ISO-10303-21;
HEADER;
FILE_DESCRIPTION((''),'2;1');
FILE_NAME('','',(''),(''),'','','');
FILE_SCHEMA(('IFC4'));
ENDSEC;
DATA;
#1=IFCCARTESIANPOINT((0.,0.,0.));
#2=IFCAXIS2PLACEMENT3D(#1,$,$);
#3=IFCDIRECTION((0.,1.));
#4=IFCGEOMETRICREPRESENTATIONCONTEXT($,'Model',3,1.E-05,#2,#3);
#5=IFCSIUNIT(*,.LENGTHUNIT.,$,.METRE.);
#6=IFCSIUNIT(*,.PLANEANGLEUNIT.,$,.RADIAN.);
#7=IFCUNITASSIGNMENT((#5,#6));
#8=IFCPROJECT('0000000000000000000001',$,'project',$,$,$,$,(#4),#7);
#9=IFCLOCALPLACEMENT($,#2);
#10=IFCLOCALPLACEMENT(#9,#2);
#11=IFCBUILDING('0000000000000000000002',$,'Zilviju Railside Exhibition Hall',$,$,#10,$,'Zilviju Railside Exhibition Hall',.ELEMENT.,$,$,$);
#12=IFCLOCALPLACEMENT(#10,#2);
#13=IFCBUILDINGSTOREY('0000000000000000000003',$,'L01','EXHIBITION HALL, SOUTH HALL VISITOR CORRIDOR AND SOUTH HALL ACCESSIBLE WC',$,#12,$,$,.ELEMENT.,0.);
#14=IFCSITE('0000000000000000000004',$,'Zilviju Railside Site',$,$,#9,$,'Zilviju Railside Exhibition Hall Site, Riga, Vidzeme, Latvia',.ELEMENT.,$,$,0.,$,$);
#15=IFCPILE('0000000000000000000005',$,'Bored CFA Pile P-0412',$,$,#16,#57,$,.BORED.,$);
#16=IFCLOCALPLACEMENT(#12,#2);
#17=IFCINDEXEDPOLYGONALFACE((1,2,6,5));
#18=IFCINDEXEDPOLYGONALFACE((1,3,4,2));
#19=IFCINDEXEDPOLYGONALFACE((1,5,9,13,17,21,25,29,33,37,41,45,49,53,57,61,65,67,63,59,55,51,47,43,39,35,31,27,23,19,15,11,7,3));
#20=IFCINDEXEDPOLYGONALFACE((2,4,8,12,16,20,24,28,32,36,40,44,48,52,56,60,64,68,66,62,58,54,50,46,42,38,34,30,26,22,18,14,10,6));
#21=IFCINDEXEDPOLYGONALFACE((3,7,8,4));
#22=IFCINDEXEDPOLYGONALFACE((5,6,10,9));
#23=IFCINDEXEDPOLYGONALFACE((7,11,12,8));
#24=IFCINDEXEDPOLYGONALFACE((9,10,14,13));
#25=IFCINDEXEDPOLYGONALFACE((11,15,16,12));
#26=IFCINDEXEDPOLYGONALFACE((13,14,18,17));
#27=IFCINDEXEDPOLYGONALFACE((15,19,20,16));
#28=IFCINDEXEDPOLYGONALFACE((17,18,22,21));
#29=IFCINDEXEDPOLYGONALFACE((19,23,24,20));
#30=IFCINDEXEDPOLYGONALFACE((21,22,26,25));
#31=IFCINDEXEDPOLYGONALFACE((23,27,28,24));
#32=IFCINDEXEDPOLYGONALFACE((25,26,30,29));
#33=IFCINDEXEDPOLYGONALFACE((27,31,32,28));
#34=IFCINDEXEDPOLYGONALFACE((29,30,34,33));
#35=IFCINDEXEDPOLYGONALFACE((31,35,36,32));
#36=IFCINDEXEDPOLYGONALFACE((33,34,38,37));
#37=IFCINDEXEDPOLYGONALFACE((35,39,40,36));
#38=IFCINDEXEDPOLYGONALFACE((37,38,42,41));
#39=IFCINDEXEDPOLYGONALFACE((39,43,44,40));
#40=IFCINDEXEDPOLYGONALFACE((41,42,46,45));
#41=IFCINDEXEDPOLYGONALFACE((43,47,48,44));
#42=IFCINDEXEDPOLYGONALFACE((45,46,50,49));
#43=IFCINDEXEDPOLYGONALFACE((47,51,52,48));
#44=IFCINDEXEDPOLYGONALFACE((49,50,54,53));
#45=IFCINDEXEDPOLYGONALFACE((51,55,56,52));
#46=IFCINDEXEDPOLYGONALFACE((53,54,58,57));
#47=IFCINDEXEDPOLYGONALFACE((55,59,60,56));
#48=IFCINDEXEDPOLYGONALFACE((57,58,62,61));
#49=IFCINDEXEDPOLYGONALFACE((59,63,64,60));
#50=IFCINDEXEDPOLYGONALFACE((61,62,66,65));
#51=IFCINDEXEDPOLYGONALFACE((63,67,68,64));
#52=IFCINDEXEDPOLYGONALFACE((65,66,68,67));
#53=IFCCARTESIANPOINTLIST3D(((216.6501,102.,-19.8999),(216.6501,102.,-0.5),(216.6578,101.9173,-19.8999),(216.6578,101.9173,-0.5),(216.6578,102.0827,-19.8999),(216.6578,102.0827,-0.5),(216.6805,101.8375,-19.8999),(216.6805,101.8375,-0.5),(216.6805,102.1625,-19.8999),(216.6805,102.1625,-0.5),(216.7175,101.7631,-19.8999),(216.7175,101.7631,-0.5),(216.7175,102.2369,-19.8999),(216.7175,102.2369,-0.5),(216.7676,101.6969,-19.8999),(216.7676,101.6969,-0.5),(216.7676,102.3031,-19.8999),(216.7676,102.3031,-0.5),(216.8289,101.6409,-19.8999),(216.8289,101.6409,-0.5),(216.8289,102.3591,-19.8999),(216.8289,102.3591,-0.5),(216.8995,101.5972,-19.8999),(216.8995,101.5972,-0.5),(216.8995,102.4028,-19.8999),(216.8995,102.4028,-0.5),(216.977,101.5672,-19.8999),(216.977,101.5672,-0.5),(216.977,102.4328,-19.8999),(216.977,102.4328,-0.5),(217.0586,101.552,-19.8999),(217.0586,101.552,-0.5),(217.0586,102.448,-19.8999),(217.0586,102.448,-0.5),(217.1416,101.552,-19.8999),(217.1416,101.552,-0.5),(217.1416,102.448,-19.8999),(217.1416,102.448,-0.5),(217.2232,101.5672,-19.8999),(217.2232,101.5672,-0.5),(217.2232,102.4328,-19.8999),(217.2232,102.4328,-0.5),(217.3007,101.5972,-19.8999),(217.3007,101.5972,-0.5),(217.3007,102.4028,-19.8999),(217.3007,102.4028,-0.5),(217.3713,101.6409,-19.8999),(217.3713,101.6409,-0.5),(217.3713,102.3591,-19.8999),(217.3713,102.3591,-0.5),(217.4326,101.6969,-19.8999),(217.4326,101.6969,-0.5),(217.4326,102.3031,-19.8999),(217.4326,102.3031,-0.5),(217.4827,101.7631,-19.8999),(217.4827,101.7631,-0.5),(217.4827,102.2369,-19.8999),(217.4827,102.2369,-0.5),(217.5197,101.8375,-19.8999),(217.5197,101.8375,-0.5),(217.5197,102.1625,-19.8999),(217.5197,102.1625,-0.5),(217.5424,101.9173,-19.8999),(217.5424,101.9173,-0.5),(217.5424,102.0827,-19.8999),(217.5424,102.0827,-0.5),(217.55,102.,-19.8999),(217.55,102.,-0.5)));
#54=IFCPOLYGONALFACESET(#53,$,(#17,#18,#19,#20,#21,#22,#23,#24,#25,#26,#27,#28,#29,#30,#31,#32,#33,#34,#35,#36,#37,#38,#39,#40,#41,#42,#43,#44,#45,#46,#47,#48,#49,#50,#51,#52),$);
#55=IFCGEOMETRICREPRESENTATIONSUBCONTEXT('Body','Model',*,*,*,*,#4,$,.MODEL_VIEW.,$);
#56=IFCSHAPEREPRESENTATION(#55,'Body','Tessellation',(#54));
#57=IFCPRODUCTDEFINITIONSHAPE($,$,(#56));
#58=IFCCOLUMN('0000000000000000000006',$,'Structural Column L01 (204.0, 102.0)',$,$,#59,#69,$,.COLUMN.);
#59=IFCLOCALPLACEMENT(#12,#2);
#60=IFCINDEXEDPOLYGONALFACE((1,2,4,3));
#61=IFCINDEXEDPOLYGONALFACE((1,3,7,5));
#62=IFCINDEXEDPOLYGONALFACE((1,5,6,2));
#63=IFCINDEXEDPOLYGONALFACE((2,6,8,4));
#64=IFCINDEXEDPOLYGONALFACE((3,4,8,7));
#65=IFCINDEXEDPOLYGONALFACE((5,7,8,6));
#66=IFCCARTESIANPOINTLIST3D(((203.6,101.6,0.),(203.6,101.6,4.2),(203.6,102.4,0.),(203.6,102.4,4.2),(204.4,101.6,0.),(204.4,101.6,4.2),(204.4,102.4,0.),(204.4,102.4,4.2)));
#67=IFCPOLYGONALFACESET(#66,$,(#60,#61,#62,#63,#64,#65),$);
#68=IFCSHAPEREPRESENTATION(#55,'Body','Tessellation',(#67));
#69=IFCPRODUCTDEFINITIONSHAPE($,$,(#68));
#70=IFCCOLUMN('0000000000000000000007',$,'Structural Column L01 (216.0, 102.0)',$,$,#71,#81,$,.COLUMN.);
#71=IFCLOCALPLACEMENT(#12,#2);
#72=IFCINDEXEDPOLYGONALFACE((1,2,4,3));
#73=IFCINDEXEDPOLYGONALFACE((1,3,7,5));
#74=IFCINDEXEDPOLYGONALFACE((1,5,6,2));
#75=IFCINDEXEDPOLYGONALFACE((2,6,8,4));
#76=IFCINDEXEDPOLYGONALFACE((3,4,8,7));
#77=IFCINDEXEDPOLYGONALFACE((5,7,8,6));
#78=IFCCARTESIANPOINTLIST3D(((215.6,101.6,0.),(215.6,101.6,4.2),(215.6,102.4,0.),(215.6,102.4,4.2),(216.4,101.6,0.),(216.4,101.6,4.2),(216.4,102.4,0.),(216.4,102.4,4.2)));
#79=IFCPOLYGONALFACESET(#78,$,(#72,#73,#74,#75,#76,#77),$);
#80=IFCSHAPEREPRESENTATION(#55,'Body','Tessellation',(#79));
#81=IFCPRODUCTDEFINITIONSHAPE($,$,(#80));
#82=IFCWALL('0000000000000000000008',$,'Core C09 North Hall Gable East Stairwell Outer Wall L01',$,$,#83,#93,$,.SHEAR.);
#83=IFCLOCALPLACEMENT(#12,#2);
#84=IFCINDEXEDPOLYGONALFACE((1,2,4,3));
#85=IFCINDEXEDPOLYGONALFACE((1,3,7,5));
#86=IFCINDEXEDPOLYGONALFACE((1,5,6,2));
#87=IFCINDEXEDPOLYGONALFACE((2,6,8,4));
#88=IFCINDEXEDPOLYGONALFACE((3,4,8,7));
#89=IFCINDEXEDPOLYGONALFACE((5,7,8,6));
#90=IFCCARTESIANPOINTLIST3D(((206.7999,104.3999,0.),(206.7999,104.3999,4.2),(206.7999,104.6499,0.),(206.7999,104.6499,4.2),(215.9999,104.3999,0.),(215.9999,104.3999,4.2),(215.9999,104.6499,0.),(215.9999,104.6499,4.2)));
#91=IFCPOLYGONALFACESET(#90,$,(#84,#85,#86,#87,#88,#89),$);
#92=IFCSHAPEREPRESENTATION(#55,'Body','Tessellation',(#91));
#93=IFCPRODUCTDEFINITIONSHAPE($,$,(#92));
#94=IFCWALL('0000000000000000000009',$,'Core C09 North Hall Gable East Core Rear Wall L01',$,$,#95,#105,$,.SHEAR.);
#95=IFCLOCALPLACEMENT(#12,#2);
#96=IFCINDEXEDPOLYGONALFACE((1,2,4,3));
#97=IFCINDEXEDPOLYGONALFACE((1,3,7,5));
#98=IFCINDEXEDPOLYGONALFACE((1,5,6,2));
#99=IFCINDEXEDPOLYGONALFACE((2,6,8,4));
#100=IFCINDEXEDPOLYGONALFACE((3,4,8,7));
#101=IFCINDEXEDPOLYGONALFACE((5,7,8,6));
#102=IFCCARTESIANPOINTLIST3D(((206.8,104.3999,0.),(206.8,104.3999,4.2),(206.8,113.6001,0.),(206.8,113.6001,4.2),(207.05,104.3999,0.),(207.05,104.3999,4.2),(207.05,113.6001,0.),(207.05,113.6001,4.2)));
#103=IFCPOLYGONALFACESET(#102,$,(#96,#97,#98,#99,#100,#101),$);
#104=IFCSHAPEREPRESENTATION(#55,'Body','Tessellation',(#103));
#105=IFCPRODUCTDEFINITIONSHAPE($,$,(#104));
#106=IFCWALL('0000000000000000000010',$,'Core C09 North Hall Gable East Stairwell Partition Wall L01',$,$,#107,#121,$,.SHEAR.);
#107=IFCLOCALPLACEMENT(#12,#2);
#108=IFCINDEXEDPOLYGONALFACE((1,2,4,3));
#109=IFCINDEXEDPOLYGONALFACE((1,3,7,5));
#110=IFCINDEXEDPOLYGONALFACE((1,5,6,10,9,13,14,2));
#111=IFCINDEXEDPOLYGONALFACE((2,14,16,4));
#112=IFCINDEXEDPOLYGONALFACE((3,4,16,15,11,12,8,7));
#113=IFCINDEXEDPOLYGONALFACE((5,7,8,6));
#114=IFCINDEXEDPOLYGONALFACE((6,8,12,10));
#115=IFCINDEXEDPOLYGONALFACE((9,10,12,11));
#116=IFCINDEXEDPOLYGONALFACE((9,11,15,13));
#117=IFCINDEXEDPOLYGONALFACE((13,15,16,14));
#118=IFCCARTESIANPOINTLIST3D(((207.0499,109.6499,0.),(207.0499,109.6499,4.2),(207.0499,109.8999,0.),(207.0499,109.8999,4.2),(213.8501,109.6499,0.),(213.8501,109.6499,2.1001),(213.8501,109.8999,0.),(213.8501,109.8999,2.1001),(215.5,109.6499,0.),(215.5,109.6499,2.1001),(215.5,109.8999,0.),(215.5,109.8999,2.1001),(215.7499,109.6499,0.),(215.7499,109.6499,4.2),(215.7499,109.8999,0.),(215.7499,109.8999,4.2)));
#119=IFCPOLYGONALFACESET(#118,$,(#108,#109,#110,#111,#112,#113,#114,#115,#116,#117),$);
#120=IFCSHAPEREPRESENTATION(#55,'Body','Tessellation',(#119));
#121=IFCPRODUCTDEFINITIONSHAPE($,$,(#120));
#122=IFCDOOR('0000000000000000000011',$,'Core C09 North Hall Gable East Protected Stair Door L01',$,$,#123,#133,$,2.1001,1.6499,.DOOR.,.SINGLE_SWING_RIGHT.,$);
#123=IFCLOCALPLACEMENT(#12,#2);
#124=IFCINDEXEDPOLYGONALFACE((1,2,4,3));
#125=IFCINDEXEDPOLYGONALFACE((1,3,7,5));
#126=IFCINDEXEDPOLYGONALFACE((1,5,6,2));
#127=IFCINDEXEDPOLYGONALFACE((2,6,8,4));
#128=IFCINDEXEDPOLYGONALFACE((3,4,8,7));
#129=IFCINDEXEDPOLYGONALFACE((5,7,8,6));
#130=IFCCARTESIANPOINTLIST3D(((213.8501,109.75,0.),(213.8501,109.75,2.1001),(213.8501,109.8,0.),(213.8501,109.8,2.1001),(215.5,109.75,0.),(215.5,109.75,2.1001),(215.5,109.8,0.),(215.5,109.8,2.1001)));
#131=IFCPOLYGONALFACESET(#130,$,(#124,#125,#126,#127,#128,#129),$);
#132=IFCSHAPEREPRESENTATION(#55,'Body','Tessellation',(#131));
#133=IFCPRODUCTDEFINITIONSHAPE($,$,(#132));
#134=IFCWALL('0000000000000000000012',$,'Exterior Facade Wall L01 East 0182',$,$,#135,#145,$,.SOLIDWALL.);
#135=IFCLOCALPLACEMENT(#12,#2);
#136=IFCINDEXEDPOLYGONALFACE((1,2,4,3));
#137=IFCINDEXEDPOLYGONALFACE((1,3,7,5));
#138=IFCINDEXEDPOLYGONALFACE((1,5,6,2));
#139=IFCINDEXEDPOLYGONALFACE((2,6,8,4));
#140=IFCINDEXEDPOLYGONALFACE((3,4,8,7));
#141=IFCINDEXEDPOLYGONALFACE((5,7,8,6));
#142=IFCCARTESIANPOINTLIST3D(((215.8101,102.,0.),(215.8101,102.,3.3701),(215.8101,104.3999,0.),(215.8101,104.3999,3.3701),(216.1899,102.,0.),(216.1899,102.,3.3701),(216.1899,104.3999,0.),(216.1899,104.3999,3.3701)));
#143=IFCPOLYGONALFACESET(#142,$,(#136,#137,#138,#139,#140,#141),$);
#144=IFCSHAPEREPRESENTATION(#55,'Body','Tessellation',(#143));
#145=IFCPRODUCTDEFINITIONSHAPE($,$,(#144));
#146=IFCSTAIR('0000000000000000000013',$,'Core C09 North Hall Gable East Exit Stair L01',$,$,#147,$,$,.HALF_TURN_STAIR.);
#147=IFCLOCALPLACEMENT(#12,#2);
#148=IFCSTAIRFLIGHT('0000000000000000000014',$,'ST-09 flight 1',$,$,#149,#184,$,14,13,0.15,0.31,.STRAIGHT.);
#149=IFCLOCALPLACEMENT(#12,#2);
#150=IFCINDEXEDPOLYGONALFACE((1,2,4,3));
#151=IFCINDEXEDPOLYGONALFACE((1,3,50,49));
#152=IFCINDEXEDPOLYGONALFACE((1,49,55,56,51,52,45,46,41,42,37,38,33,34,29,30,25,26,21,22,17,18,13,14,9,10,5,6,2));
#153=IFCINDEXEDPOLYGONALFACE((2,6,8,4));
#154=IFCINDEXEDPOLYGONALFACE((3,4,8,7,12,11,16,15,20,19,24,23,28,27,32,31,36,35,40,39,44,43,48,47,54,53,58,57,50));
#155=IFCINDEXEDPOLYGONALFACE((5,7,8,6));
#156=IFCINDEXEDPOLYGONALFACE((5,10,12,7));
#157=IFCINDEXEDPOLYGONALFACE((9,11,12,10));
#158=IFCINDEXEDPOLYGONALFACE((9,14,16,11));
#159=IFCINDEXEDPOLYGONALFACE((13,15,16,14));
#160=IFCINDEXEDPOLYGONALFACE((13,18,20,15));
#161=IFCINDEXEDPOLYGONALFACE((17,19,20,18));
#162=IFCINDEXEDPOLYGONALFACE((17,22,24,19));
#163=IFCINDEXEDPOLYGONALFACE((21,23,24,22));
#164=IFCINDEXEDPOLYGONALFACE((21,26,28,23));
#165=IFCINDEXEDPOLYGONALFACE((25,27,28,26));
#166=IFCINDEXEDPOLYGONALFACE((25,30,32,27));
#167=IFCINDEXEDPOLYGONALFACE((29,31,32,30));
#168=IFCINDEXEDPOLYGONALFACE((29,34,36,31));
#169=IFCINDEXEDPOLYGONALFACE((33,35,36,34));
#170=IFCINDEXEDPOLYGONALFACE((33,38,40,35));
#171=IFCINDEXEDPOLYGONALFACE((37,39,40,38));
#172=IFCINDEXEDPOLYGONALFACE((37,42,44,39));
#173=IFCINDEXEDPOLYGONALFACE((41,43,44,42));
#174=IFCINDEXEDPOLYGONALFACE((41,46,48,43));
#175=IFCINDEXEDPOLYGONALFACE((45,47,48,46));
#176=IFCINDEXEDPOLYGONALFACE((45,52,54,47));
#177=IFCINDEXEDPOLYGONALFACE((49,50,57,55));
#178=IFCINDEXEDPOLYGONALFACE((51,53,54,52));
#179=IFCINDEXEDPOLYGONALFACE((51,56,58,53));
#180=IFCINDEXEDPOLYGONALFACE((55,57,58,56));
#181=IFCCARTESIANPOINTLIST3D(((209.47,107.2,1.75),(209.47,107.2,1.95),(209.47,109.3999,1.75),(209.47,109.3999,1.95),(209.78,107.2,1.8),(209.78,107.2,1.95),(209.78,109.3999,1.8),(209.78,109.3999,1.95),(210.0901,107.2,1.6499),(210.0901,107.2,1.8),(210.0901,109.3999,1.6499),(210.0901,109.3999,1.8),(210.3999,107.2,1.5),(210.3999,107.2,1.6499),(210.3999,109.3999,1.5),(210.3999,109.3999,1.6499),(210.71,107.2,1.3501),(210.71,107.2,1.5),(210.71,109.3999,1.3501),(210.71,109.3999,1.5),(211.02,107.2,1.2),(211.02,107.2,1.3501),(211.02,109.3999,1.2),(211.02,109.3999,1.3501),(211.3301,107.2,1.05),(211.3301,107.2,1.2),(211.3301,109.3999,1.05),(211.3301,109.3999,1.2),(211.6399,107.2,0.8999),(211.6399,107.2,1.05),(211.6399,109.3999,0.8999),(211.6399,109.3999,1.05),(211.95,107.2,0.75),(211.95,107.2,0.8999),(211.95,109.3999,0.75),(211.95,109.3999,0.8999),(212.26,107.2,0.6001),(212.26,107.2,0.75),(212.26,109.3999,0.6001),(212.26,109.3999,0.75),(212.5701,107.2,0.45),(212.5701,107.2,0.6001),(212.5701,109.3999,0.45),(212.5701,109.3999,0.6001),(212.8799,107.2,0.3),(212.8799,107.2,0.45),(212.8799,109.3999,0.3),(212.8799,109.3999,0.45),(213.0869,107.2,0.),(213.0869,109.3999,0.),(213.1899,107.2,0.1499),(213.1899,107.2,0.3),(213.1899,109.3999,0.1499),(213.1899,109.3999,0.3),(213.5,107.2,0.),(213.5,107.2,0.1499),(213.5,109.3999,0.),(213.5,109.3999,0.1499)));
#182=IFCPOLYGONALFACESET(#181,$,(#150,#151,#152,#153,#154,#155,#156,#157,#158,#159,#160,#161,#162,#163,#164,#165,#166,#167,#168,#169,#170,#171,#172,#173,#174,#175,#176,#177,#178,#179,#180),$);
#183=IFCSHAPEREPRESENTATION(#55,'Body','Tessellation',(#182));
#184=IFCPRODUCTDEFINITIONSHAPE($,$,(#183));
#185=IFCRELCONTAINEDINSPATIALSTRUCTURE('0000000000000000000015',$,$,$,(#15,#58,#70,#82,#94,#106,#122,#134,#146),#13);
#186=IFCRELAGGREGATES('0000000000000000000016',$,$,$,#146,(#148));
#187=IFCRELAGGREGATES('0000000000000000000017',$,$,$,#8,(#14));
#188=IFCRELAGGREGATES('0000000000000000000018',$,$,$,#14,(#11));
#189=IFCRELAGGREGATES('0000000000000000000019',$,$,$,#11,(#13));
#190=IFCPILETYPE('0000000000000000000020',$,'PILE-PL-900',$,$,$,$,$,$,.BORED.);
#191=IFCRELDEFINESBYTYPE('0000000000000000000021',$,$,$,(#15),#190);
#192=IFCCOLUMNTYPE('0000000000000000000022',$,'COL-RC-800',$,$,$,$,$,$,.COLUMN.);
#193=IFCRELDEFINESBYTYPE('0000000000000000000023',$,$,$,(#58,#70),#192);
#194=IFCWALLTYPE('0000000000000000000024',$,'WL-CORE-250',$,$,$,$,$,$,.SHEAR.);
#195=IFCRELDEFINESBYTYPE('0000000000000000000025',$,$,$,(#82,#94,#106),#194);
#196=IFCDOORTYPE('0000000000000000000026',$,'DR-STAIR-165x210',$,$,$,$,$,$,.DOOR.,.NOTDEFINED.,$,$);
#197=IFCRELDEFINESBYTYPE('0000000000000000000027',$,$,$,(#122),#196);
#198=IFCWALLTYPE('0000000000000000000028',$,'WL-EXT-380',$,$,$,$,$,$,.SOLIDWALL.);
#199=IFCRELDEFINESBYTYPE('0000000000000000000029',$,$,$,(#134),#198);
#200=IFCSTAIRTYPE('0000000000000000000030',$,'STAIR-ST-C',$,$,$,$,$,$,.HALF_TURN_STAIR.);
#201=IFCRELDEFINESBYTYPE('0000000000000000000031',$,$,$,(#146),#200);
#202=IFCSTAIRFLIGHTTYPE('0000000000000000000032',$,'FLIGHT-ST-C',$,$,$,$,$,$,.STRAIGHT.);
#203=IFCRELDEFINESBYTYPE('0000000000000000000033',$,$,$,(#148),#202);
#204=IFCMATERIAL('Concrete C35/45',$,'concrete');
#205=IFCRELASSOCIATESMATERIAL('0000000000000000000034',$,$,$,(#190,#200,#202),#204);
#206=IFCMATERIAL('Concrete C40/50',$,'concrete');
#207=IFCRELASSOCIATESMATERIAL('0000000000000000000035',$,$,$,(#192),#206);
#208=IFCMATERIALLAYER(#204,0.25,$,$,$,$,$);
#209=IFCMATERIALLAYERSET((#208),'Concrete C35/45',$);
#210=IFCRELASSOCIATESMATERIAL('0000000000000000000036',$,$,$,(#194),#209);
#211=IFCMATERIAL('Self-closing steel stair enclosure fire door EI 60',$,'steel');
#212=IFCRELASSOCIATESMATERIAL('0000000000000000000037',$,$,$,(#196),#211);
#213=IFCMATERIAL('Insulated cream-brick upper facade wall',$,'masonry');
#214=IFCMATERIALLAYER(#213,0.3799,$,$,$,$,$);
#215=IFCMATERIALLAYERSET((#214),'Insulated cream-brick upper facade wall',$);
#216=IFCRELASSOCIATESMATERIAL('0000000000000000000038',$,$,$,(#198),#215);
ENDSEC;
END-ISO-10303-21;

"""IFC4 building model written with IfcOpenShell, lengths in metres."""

from ifc_helpers import new_model, si_unit, direction, frame, frame_2d, origin, origin_2d, place, context, subcontext, project, spatial, polyline, rectangle, circle, outline, extrude, material, layer, layer_set, material_profile, profile_set, type_object, element, fill, aggregate, save


model = new_model("IFC4")

# Units and contexts
model_context = context("Model", 3, precision=1e-05, world=origin(), true_north=direction((0.0, 1.0)))
body_context = subcontext(model_context, "Body", "Model", "MODEL_VIEW")
ifc_project = project(units=[si_unit("LENGTHUNIT", "METRE"), si_unit("PLANEANGLEUNIT", "RADIAN")], contexts=[model_context])

# Site, building, storey
site_placement = place(None, origin())
site = spatial("IfcSite", under=ifc_project, at=site_placement, Name="Zilviju Railside Site", LongName="Zilviju Railside Exhibition Hall Site, Riga, Vidzeme, Latvia", CompositionType="ELEMENT", RefElevation=0.0)
building_placement = place(site_placement, origin())
building = spatial("IfcBuilding", under=site, at=building_placement, Name="Zilviju Railside Exhibition Hall", LongName="Zilviju Railside Exhibition Hall", CompositionType="ELEMENT")
storey_placement = place(building_placement, origin())
storey = spatial("IfcBuildingStorey", under=building, at=storey_placement, Name="L01", Description="EXHIBITION HALL, SOUTH HALL VISITOR CORRIDOR AND SOUTH HALL ACCESSIBLE WC", CompositionType="ELEMENT", Elevation=0.0)

# Shared definitions
ifc_material_1 = material(Name="Concrete C35/45", Category="concrete")

# Pile
ifc_material_profile_1 = material_profile(ifc_material_1, circle(Radius=0.45, at=origin_2d()), Name="CFA PILE D900")
ifc_profile_set_1 = profile_set([ifc_material_profile_1], Name="Concrete C35/45")
pile_type = type_object("IfcPileType", Name="PILE-PL-900", PredefinedType="BORED", material=ifc_profile_set_1)
for number, where, z_axis, x_axis, name in (
    (1, (217.1001, 102.0, -0.5), (0.0, 0.0, -1.0), (1.0, 0.0, 0.0), "Bored CFA Pile P-0412"),
):
    element("IfcPile", number, at=place(storey_placement, frame(where, z_axis=z_axis, x_axis=x_axis)), inside=storey, type_object=pile_type, Name=name, PredefinedType="BORED", context=body_context, shape_type="SweptSolid", body=[
        extrude(circle(Radius=0.45, at=origin_2d()), origin(), (0.0, 0.0, 1.0), 19.3999),
    ])

# Columns
ifc_material_2 = material(Name="Concrete C40/50", Category="concrete")
ifc_material_profile_2 = material_profile(ifc_material_2, rectangle(XDim=0.8, YDim=0.8, at=origin_2d()), Name="RC COL 800x800")
ifc_profile_set_2 = profile_set([ifc_material_profile_2], Name="Concrete C40/50")
column_type = type_object("IfcColumnType", Name="COL-RC-800", PredefinedType="COLUMN", material=ifc_profile_set_2)
for number, where, z_axis, x_axis, name in (
    (2, (204.0, 102.0, 0.0), (0.0, 0.0, 1.0), (1.0, 0.0, 0.0), "Structural Column L01 (204.0, 102.0)"),
    (3, (216.0, 102.0, 0.0), (0.0, 0.0, 1.0), (1.0, 0.0, 0.0), "Structural Column L01 (216.0, 102.0)"),
):
    element("IfcColumn", number, at=place(storey_placement, frame(where, z_axis=z_axis, x_axis=x_axis)), inside=storey, type_object=column_type, Name=name, PredefinedType="COLUMN", context=body_context, shape_type="SweptSolid", body=[
        extrude(rectangle(XDim=0.8, YDim=0.8, at=origin_2d()), origin(), (0.0, 0.0, 1.0), 4.2),
    ])

# Walls
ifc_layer_1 = layer(ifc_material_1, 0.25)
ifc_layer_set_1 = layer_set([ifc_layer_1], Name="Concrete C35/45")
wall_type_1 = type_object("IfcWallType", Name="WL-CORE-250", PredefinedType="SHEAR", material=ifc_layer_set_1)
wall_1_placement = place(storey_placement, frame((216.0, 104.5249, 0.0), z_axis=(0.0, 0.0, 1.0), x_axis=(-1.0, 0.0, 0.0)))
element("IfcWall", 4, at=wall_1_placement, inside=storey, type_object=wall_type_1, Name="Core C09 North Hall Gable East Stairwell Outer Wall L01", PredefinedType="SHEAR", context=body_context, shape_type="SweptSolid", body=[
    extrude(rectangle(XDim=9.2, YDim=0.25, at=frame_2d((4.6001, 0.0))), origin(), (0.0, 0.0, 1.0), 4.2),
])
wall_2_placement = place(storey_placement, frame((206.925, 104.3999, 0.0), z_axis=(0.0, 0.0, 1.0), x_axis=(0.0, 1.0, 0.0)))
element("IfcWall", 5, at=wall_2_placement, inside=storey, type_object=wall_type_1, Name="Core C09 North Hall Gable East Core Rear Wall L01", PredefinedType="SHEAR", context=body_context, shape_type="SweptSolid", body=[
    extrude(rectangle(XDim=9.2002, YDim=0.25, at=frame_2d((4.6001, 0.0))), origin(), (0.0, 0.0, 1.0), 4.2),
])

# Wall, opening, door
wall_3_placement = place(storey_placement, frame((215.75, 109.7749, 0.0), z_axis=(0.0, 0.0, 1.0), x_axis=(-1.0, 0.0, 0.0)))
wall_3 = element("IfcWall", 6, at=wall_3_placement, inside=storey, type_object=wall_type_1, Name="Core C09 North Hall Gable East Stairwell Partition Wall L01", PredefinedType="SHEAR", context=body_context, shape_type="SweptSolid", body=[
    extrude(rectangle(XDim=8.7, YDim=0.25, at=frame_2d((4.3501, 0.0))), origin(), (0.0, 0.0, 1.0), 4.2),
])
opening_placement = place(wall_3_placement, frame((0.25, 0.0, 0.0)))
opening = element("IfcOpeningElement", 7, at=opening_placement, cuts=wall_3, PredefinedType="OPENING", context=body_context, shape_type="SweptSolid", body=[
    extrude(rectangle(XDim=1.6499, YDim=2.1001, at=frame_2d((0.825, 1.05))), frame((0.0, 0.135, 0.0), z_axis=(0.0, -1.0, 0.0), x_axis=(1.0, 0.0, 0.0)), (0.0, 0.0, 1.0), 0.27),
])
ifc_material_3 = material(Name="Self-closing steel stair enclosure fire door EI 60", Category="steel")
door_type = type_object("IfcDoorType", Name="DR-STAIR-165x210", OperationType="NOTDEFINED", PredefinedType="DOOR", material=ifc_material_3)
door_placement = place(opening_placement, origin())
door = element("IfcDoor", 8, at=door_placement, inside=storey, type_object=door_type, Name="Core C09 North Hall Gable East Protected Stair Door L01", OperationType="SINGLE_SWING_RIGHT", OverallHeight=2.1001, OverallWidth=1.6499, PredefinedType="DOOR", context=body_context, shape_type="SweptSolid", body=[
    extrude(rectangle(XDim=1.6499, YDim=2.1001, at=frame_2d((0.825, 1.05))), frame((0.0, 0.0249, 0.0), z_axis=(0.0, -1.0, 0.0), x_axis=(1.0, 0.0, 0.0)), (0.0, 0.0, 1.0), 0.05),
])
fill(opening, door)

# Wall
ifc_material_4 = material(Name="Insulated cream-brick upper facade wall", Category="masonry")
ifc_layer_2 = layer(ifc_material_4, 0.3799)
ifc_layer_set_2 = layer_set([ifc_layer_2], Name="Insulated cream-brick upper facade wall")
wall_type_2 = type_object("IfcWallType", Name="WL-EXT-380", PredefinedType="SOLIDWALL", material=ifc_layer_set_2)
wall_4_placement = place(storey_placement, frame((216.0, 104.3999, 0.0), z_axis=(0.0, 0.0, 1.0), x_axis=(0.0, -1.0, 0.0)))
element("IfcWall", 9, at=wall_4_placement, inside=storey, type_object=wall_type_2, Name="Exterior Facade Wall L01 East 0182", PredefinedType="SOLIDWALL", context=body_context, shape_type="SweptSolid", body=[
    extrude(rectangle(XDim=2.3999, YDim=0.3799, at=frame_2d((1.2, 0.0))), origin(), (0.0, 0.0, 1.0), 3.3701),
])

# Stair, stair flight
stair_type = type_object("IfcStairType", Name="STAIR-ST-C", PredefinedType="HALF_TURN_STAIR", material=ifc_material_1)
stair_placement = place(storey_placement, origin())
stair = element("IfcStair", 10, at=stair_placement, inside=storey, type_object=stair_type, Name="Core C09 North Hall Gable East Exit Stair L01", PredefinedType="HALF_TURN_STAIR")
stair_flight_type = type_object("IfcStairFlightType", Name="FLIGHT-ST-C", PredefinedType="STRAIGHT", material=ifc_material_1)
stair_flight_1_placement = place(storey_placement, frame((213.5, 108.3, 0.0), z_axis=(0.0, 0.0, 1.0), x_axis=(-1.0, 0.0, 0.0)))
stair_flight_1 = element("IfcStairFlight", 11, at=stair_flight_1_placement, type_object=stair_flight_type, Name="ST-09 flight 1", NumberOfRisers=14, NumberOfTreads=13, PredefinedType="STRAIGHT", RiserHeight=0.15, TreadLength=0.31, context=body_context, shape_type="SweptSolid", body=[
    extrude(outline(polyline([(0.0, 0.0), (0.0, 0.1499), (0.3101, 0.1499), (0.3101, 0.3), (0.6201, 0.3), (0.6201, 0.45), (0.9299, 0.45), (0.9299, 0.6001), (1.24, 0.6001), (1.24, 0.75), (1.55, 0.75), (1.55, 0.8999), (1.8601, 0.8999), (1.8601, 1.05), (2.1699, 1.05), (2.1699, 1.2), (2.48, 1.2), (2.48, 1.3501), (2.79, 1.3501), (2.79, 1.5), (3.1001, 1.5), (3.1001, 1.6499), (3.4099, 1.6499), (3.4099, 1.8), (3.72, 1.8), (3.72, 1.95), (4.03, 1.95), (4.03, 2.1001), (4.03, 1.75), (0.4131, 0.0), (0.0, 0.0)])), frame((0.0, 1.1001, 0.0), z_axis=(0.0, -1.0, 0.0), x_axis=(1.0, 0.0, 0.0)), (0.0, 0.0, 1.0), 2.2),
])
aggregate(stair, [stair_flight_1])

save(model, "model.ifc")
